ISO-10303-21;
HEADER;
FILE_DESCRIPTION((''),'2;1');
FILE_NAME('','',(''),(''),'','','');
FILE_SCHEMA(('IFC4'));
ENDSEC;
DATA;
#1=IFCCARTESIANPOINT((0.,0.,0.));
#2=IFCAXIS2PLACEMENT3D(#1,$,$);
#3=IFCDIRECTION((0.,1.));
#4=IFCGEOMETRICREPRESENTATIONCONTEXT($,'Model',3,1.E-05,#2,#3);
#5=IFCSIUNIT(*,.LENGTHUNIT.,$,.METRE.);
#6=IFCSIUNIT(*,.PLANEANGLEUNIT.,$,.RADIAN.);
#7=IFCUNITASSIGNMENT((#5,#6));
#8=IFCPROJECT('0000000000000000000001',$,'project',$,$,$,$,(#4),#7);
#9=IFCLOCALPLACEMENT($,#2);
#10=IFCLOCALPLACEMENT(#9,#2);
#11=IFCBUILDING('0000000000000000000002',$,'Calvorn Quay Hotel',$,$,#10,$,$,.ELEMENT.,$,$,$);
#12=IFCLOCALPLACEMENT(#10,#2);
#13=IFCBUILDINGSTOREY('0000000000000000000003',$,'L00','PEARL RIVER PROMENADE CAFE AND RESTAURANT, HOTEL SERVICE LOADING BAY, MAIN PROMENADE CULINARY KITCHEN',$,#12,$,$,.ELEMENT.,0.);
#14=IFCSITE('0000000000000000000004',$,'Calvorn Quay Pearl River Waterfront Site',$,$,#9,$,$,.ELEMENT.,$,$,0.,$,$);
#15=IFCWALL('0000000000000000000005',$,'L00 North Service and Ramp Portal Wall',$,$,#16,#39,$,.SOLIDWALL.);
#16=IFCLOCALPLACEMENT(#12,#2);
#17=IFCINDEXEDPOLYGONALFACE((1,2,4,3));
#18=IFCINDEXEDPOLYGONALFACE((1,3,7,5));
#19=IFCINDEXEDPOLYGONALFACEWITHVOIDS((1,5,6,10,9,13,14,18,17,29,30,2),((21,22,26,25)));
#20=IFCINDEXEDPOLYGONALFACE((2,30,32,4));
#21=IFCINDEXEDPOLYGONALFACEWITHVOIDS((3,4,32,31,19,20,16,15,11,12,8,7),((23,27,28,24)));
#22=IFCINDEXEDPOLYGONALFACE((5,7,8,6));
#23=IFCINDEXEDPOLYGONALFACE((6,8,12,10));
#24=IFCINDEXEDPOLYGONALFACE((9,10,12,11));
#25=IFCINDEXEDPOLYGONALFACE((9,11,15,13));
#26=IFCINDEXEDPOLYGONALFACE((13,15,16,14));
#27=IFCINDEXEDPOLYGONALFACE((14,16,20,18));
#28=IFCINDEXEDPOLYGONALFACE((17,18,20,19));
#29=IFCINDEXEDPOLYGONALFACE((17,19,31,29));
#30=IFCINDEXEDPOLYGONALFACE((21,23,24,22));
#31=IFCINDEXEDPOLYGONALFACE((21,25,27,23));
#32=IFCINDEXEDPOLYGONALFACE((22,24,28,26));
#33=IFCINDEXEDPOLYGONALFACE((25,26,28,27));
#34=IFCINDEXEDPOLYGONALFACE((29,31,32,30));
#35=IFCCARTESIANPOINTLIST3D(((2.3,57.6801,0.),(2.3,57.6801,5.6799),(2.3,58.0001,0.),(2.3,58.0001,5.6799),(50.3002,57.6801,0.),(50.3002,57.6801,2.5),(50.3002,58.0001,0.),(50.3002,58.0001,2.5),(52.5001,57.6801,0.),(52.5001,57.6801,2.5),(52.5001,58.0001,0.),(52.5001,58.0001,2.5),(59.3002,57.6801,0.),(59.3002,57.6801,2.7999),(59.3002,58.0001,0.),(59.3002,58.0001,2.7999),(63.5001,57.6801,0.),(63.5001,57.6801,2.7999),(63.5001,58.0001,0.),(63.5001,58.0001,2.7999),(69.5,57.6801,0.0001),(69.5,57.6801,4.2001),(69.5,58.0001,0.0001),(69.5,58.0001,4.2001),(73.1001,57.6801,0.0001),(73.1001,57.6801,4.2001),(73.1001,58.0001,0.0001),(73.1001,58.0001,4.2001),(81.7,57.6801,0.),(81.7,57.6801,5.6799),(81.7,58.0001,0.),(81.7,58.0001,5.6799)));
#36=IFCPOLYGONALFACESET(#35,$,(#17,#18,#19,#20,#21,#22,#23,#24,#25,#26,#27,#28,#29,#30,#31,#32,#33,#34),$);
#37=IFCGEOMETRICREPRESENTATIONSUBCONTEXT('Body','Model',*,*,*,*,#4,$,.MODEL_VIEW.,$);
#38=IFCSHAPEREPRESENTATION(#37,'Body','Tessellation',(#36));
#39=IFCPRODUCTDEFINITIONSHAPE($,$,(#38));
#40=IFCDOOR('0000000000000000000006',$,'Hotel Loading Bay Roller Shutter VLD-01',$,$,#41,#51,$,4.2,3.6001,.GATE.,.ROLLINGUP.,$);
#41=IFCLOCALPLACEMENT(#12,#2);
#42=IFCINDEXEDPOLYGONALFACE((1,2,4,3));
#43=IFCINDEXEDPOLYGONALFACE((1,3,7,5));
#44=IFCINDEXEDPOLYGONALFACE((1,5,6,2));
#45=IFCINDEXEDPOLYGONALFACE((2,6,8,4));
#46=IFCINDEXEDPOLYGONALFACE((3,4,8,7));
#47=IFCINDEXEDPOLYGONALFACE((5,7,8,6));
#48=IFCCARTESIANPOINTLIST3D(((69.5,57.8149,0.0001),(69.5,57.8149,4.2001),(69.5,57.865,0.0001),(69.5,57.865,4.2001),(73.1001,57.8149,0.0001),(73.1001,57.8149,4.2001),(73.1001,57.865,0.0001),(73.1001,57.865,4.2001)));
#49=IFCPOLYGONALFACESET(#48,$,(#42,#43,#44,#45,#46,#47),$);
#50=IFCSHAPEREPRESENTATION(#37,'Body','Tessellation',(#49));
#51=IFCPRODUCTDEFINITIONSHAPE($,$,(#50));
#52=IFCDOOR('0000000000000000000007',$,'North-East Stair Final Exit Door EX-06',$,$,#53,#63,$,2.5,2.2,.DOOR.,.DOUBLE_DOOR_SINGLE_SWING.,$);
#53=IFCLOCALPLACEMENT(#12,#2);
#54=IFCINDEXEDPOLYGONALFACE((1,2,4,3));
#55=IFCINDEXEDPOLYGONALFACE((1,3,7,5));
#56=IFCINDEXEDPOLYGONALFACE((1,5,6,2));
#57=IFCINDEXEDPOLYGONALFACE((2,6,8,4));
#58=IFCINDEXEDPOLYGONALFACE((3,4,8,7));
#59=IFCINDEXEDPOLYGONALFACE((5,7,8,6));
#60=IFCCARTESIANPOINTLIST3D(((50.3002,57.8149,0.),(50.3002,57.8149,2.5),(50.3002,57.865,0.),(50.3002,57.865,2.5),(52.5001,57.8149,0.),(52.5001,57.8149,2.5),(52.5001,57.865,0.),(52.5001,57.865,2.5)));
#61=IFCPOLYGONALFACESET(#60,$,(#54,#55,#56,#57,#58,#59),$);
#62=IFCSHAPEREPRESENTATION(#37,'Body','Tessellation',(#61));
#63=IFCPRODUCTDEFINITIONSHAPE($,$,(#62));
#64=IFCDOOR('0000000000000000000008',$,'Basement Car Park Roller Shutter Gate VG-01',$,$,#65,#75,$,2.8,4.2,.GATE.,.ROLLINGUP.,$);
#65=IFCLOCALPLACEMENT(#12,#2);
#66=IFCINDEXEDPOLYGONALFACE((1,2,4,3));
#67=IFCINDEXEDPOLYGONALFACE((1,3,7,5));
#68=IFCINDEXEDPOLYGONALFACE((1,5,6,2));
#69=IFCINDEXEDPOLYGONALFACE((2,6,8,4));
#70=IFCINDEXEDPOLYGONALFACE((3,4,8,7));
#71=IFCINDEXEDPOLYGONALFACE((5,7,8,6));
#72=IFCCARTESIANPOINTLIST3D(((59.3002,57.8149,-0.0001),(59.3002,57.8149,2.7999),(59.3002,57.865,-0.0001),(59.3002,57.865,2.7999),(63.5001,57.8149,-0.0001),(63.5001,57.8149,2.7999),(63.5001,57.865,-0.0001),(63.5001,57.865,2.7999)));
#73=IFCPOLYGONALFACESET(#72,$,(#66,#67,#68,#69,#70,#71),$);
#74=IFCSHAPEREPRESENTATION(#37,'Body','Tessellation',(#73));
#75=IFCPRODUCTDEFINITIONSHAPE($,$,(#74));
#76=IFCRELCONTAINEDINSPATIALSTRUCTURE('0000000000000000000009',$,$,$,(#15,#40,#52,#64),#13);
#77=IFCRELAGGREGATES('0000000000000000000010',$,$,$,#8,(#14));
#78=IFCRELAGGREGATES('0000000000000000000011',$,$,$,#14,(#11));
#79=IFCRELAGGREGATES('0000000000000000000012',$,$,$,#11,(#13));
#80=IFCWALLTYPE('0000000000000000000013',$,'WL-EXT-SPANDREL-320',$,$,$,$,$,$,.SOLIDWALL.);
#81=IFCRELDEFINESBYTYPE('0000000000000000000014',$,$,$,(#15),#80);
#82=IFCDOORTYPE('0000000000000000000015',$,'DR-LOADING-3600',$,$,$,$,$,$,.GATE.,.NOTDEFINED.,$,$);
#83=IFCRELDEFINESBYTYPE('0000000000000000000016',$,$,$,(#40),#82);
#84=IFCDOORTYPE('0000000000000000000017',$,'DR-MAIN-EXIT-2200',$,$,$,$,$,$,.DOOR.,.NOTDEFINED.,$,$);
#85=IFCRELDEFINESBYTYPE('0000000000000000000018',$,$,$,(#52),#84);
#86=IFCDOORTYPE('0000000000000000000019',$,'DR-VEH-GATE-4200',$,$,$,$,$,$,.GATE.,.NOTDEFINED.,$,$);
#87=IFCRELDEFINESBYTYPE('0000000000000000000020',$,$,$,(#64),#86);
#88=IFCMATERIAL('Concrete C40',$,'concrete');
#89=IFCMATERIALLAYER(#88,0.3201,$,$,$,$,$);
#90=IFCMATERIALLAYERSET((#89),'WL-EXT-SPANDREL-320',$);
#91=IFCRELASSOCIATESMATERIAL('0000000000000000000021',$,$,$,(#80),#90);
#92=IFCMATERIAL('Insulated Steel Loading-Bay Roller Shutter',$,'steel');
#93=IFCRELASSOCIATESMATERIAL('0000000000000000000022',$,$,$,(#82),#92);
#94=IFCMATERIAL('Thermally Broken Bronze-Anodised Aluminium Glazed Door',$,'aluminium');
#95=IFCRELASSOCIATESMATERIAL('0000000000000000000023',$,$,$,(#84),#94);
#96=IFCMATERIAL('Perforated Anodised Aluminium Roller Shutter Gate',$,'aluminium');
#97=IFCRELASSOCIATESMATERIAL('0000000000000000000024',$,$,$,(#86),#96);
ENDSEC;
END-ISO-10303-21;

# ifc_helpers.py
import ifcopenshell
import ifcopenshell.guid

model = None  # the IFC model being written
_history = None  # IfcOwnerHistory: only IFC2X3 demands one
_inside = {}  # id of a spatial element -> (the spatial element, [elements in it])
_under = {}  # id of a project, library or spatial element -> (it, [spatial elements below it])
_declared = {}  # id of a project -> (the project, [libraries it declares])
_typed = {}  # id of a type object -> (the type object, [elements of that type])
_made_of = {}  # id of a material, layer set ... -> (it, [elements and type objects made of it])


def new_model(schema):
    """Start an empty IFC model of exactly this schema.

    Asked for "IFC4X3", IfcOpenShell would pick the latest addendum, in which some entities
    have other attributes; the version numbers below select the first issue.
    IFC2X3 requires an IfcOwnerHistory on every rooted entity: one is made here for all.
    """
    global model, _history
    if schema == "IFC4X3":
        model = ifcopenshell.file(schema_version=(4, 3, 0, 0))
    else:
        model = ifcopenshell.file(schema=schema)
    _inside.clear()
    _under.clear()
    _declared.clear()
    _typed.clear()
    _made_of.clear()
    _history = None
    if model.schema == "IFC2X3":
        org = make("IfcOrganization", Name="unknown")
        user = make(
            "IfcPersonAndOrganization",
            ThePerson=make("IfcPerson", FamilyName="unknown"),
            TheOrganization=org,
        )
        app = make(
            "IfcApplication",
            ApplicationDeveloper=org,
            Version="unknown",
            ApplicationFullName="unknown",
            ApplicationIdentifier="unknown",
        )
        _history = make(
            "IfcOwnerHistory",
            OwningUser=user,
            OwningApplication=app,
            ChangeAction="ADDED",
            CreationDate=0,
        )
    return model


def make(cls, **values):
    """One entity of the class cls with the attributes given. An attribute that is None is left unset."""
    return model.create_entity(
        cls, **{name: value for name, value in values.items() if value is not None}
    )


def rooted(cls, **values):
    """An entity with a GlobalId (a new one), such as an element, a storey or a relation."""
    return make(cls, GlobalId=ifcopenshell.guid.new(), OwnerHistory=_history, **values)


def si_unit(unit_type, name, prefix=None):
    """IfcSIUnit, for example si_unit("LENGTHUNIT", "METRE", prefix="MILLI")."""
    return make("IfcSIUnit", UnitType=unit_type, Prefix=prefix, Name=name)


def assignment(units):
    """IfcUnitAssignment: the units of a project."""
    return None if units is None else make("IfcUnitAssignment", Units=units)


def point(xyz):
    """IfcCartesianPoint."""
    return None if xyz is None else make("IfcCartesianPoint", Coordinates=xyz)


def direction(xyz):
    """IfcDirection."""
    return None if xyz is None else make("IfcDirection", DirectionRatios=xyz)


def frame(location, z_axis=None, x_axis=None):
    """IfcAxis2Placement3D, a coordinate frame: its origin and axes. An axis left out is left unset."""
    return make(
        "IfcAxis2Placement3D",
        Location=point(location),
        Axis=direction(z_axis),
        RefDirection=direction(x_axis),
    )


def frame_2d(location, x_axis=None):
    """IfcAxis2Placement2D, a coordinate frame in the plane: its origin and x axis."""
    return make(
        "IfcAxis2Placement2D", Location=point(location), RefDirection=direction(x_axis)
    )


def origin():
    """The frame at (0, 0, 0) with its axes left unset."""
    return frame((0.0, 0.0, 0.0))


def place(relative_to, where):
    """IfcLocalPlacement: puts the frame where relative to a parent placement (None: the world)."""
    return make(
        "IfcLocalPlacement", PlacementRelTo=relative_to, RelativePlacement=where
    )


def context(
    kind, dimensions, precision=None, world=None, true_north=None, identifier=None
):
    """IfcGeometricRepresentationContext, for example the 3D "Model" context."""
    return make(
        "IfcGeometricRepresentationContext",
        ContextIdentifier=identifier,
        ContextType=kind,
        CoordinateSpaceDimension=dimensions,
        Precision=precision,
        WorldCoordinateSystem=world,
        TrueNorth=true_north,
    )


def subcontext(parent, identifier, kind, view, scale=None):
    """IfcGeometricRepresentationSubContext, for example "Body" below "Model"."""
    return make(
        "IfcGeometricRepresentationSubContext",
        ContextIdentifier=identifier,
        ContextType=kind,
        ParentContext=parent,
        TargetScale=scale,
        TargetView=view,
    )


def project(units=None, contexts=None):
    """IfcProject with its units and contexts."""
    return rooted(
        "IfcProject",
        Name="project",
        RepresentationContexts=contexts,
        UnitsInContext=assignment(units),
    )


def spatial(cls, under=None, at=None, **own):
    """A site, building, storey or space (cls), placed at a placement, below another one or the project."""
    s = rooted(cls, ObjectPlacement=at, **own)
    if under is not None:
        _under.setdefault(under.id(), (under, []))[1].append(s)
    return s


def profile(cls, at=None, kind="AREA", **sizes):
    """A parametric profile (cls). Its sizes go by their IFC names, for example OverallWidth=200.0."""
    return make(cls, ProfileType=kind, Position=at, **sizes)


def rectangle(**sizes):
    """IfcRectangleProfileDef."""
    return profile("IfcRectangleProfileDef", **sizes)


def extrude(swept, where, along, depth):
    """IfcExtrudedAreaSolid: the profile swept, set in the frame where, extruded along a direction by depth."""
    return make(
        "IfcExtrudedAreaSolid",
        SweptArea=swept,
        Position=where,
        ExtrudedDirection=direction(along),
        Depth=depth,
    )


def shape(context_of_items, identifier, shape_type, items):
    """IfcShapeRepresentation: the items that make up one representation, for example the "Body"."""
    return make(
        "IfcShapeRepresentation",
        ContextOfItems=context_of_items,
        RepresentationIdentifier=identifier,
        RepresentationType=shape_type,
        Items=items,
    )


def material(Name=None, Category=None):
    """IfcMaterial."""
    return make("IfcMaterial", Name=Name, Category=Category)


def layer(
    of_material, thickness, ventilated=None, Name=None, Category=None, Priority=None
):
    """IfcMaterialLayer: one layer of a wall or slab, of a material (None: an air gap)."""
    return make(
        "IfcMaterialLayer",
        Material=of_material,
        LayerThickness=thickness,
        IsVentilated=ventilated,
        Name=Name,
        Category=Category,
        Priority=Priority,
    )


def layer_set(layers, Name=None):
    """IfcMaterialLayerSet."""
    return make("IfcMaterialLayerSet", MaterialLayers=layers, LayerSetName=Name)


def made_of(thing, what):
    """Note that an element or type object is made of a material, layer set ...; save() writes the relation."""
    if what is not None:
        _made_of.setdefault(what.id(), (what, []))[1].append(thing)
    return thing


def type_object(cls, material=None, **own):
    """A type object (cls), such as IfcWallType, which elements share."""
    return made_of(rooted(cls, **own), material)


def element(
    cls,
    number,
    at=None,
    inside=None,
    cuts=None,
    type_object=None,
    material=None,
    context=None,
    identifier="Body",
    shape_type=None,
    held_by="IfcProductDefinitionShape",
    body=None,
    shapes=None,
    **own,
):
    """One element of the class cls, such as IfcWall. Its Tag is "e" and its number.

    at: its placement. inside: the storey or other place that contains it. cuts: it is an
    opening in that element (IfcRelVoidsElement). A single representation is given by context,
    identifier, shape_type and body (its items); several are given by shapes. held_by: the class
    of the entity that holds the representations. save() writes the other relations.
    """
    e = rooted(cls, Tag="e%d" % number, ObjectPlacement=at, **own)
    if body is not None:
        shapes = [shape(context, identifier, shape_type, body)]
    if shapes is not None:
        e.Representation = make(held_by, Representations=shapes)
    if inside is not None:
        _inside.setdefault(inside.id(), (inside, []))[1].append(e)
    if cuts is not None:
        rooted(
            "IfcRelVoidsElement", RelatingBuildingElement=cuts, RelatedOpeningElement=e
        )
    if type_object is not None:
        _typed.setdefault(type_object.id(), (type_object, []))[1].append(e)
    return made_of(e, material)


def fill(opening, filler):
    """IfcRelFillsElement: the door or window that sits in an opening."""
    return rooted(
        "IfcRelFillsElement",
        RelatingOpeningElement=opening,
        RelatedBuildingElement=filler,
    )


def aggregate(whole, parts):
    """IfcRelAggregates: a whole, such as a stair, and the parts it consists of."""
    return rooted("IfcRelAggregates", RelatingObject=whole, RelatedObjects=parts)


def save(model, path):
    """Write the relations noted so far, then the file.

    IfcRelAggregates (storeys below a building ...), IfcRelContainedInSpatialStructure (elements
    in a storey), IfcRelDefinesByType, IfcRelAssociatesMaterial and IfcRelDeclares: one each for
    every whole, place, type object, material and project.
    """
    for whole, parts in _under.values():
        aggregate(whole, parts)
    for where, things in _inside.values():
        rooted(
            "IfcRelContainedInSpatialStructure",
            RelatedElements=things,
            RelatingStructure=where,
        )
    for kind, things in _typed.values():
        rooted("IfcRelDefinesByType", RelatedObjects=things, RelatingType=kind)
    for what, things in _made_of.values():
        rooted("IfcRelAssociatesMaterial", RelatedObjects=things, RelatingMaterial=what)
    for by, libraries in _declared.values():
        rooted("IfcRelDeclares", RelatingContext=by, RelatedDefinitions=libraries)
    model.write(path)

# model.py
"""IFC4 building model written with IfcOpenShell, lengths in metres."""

from ifc_helpers import new_model, si_unit, direction, frame, frame_2d, origin, place, context, subcontext, project, spatial, rectangle, extrude, material, layer, layer_set, type_object, element, fill, save


model = new_model("IFC4")

# Units and contexts
model_context = context("Model", 3, precision=1e-05, world=origin(), true_north=direction((0.0, 1.0)))
body_context = subcontext(model_context, "Body", "Model", "MODEL_VIEW")
ifc_project = project(units=[si_unit("LENGTHUNIT", "METRE"), si_unit("PLANEANGLEUNIT", "RADIAN")], contexts=[model_context])

# Site, building, storey
site_placement = place(None, origin())
site = spatial("IfcSite", under=ifc_project, at=site_placement, Name="Calvorn Quay Pearl River Waterfront Site", CompositionType="ELEMENT", RefElevation=0.0)
building_placement = place(site_placement, origin())
building = spatial("IfcBuilding", under=site, at=building_placement, Name="Calvorn Quay Hotel", CompositionType="ELEMENT")
storey_placement = place(building_placement, origin())
storey = spatial("IfcBuildingStorey", under=building, at=storey_placement, Name="L00", Description="PEARL RIVER PROMENADE CAFE AND RESTAURANT, HOTEL SERVICE LOADING BAY, MAIN PROMENADE CULINARY KITCHEN", CompositionType="ELEMENT", Elevation=0.0)

# Shared definitions
ifc_material_1 = material(Name="Concrete C40", Category="concrete")
ifc_layer_1 = layer(ifc_material_1, 0.3201)
ifc_layer_set_1 = layer_set([ifc_layer_1], Name="WL-EXT-SPANDREL-320")
wall_type_1 = type_object("IfcWallType", Name="WL-EXT-SPANDREL-320", PredefinedType="SOLIDWALL", material=ifc_layer_set_1)

# Wall, openings, doors
wall_1_placement = place(storey_placement, frame((2.3, 57.8401, 0.0), z_axis=(0.0, 0.0, 1.0), x_axis=(1.0, 0.0, 0.0)))
wall_1 = element("IfcWall", 1, at=wall_1_placement, inside=storey, type_object=wall_type_1, Name="L00 North Service and Ramp Portal Wall", PredefinedType="SOLIDWALL", context=body_context, shape_type="SweptSolid", body=[
    extrude(rectangle(XDim=79.3999, YDim=0.3201, at=frame_2d((39.7, 0.0))), origin(), (0.0, 0.0, 1.0), 5.6799),
])
opening_1_placement = place(wall_1_placement, frame((48.0, 0.0, 0.0)))
opening_1 = element("IfcOpeningElement", 2, at=opening_1_placement, cuts=wall_1, PredefinedType="OPENING", context=body_context, shape_type="SweptSolid", body=[
    extrude(rectangle(XDim=2.2, YDim=2.5, at=frame_2d((1.1001, 1.25))), frame((0.0, 0.1699, 0.0), z_axis=(0.0, -1.0, 0.0), x_axis=(1.0, 0.0, 0.0)), (0.0, 0.0, 1.0), 0.3401),
])
opening_2_placement = place(wall_1_placement, frame((57.0, 0.0, 0.0)))
opening_2 = element("IfcOpeningElement", 3, at=opening_2_placement, cuts=wall_1, PredefinedType="OPENING", context=body_context, shape_type="SweptSolid", body=[
    extrude(rectangle(XDim=4.2, YDim=2.8, at=frame_2d((2.1001, 1.3999))), frame((0.0, 0.1699, 0.0), z_axis=(0.0, -1.0, 0.0), x_axis=(1.0, 0.0, 0.0)), (0.0, 0.0, 1.0), 0.3401),
])
opening_3_placement = place(wall_1_placement, frame((67.2, 0.0, 0.0)))
opening_3 = element("IfcOpeningElement", 4, at=opening_3_placement, cuts=wall_1, PredefinedType="OPENING", context=body_context, shape_type="SweptSolid", body=[
    extrude(rectangle(XDim=3.6001, YDim=4.2, at=frame_2d((1.8, 2.1001))), frame((0.0, 0.1699, 0.0), z_axis=(0.0, -1.0, 0.0), x_axis=(1.0, 0.0, 0.0)), (0.0, 0.0, 1.0), 0.3401),
])
ifc_material_2 = material(Name="Insulated Steel Loading-Bay Roller Shutter", Category="steel")
door_type_1 = type_object("IfcDoorType", Name="DR-LOADING-3600", OperationType="NOTDEFINED", PredefinedType="GATE", material=ifc_material_2)
door_1_placement = place(opening_3_placement, origin())
door_1 = element("IfcDoor", 5, at=door_1_placement, inside=storey, type_object=door_type_1, Name="Hotel Loading Bay Roller Shutter VLD-01", OperationType="ROLLINGUP", OverallHeight=4.2, OverallWidth=3.6001, PredefinedType="GATE", context=body_context, shape_type="SweptSolid", body=[
    extrude(rectangle(XDim=3.6001, YDim=4.2, at=frame_2d((1.8, 2.1001))), frame((0.0, 0.0249, 0.0), z_axis=(0.0, -1.0, 0.0), x_axis=(1.0, 0.0, 0.0)), (0.0, 0.0, 1.0), 0.05),
])
fill(opening_3, door_1)
ifc_material_3 = material(Name="Thermally Broken Bronze-Anodised Aluminium Glazed Door", Category="aluminium")
door_type_2 = type_object("IfcDoorType", Name="DR-MAIN-EXIT-2200", OperationType="NOTDEFINED", PredefinedType="DOOR", material=ifc_material_3)
door_2_placement = place(opening_1_placement, origin())
door_2 = element("IfcDoor", 6, at=door_2_placement, inside=storey, type_object=door_type_2, Name="North-East Stair Final Exit Door EX-06", OperationType="DOUBLE_DOOR_SINGLE_SWING", OverallHeight=2.5, OverallWidth=2.2, PredefinedType="DOOR", context=body_context, shape_type="SweptSolid", body=[
    extrude(rectangle(XDim=2.2, YDim=2.5, at=frame_2d((1.1001, 1.25))), frame((0.0, 0.0249, 0.0), z_axis=(0.0, -1.0, 0.0), x_axis=(1.0, 0.0, 0.0)), (0.0, 0.0, 1.0), 0.05),
])
fill(opening_1, door_2)
ifc_material_4 = material(Name="Perforated Anodised Aluminium Roller Shutter Gate", Category="aluminium")
door_type_3 = type_object("IfcDoorType", Name="DR-VEH-GATE-4200", OperationType="NOTDEFINED", PredefinedType="GATE", material=ifc_material_4)
door_3_placement = place(opening_2_placement, origin())
door_3 = element("IfcDoor", 7, at=door_3_placement, inside=storey, type_object=door_type_3, Name="Basement Car Park Roller Shutter Gate VG-01", OperationType="ROLLINGUP", OverallHeight=2.8, OverallWidth=4.2, PredefinedType="GATE", context=body_context, shape_type="SweptSolid", body=[
    extrude(rectangle(XDim=4.2, YDim=2.8, at=frame_2d((2.1001, 1.3999))), frame((0.0, 0.0249, 0.0), z_axis=(0.0, -1.0, 0.0), x_axis=(1.0, 0.0, 0.0)), (0.0, 0.0, 1.0), 0.05),
])
fill(opening_2, door_3)

save(model, "model.ifc")
